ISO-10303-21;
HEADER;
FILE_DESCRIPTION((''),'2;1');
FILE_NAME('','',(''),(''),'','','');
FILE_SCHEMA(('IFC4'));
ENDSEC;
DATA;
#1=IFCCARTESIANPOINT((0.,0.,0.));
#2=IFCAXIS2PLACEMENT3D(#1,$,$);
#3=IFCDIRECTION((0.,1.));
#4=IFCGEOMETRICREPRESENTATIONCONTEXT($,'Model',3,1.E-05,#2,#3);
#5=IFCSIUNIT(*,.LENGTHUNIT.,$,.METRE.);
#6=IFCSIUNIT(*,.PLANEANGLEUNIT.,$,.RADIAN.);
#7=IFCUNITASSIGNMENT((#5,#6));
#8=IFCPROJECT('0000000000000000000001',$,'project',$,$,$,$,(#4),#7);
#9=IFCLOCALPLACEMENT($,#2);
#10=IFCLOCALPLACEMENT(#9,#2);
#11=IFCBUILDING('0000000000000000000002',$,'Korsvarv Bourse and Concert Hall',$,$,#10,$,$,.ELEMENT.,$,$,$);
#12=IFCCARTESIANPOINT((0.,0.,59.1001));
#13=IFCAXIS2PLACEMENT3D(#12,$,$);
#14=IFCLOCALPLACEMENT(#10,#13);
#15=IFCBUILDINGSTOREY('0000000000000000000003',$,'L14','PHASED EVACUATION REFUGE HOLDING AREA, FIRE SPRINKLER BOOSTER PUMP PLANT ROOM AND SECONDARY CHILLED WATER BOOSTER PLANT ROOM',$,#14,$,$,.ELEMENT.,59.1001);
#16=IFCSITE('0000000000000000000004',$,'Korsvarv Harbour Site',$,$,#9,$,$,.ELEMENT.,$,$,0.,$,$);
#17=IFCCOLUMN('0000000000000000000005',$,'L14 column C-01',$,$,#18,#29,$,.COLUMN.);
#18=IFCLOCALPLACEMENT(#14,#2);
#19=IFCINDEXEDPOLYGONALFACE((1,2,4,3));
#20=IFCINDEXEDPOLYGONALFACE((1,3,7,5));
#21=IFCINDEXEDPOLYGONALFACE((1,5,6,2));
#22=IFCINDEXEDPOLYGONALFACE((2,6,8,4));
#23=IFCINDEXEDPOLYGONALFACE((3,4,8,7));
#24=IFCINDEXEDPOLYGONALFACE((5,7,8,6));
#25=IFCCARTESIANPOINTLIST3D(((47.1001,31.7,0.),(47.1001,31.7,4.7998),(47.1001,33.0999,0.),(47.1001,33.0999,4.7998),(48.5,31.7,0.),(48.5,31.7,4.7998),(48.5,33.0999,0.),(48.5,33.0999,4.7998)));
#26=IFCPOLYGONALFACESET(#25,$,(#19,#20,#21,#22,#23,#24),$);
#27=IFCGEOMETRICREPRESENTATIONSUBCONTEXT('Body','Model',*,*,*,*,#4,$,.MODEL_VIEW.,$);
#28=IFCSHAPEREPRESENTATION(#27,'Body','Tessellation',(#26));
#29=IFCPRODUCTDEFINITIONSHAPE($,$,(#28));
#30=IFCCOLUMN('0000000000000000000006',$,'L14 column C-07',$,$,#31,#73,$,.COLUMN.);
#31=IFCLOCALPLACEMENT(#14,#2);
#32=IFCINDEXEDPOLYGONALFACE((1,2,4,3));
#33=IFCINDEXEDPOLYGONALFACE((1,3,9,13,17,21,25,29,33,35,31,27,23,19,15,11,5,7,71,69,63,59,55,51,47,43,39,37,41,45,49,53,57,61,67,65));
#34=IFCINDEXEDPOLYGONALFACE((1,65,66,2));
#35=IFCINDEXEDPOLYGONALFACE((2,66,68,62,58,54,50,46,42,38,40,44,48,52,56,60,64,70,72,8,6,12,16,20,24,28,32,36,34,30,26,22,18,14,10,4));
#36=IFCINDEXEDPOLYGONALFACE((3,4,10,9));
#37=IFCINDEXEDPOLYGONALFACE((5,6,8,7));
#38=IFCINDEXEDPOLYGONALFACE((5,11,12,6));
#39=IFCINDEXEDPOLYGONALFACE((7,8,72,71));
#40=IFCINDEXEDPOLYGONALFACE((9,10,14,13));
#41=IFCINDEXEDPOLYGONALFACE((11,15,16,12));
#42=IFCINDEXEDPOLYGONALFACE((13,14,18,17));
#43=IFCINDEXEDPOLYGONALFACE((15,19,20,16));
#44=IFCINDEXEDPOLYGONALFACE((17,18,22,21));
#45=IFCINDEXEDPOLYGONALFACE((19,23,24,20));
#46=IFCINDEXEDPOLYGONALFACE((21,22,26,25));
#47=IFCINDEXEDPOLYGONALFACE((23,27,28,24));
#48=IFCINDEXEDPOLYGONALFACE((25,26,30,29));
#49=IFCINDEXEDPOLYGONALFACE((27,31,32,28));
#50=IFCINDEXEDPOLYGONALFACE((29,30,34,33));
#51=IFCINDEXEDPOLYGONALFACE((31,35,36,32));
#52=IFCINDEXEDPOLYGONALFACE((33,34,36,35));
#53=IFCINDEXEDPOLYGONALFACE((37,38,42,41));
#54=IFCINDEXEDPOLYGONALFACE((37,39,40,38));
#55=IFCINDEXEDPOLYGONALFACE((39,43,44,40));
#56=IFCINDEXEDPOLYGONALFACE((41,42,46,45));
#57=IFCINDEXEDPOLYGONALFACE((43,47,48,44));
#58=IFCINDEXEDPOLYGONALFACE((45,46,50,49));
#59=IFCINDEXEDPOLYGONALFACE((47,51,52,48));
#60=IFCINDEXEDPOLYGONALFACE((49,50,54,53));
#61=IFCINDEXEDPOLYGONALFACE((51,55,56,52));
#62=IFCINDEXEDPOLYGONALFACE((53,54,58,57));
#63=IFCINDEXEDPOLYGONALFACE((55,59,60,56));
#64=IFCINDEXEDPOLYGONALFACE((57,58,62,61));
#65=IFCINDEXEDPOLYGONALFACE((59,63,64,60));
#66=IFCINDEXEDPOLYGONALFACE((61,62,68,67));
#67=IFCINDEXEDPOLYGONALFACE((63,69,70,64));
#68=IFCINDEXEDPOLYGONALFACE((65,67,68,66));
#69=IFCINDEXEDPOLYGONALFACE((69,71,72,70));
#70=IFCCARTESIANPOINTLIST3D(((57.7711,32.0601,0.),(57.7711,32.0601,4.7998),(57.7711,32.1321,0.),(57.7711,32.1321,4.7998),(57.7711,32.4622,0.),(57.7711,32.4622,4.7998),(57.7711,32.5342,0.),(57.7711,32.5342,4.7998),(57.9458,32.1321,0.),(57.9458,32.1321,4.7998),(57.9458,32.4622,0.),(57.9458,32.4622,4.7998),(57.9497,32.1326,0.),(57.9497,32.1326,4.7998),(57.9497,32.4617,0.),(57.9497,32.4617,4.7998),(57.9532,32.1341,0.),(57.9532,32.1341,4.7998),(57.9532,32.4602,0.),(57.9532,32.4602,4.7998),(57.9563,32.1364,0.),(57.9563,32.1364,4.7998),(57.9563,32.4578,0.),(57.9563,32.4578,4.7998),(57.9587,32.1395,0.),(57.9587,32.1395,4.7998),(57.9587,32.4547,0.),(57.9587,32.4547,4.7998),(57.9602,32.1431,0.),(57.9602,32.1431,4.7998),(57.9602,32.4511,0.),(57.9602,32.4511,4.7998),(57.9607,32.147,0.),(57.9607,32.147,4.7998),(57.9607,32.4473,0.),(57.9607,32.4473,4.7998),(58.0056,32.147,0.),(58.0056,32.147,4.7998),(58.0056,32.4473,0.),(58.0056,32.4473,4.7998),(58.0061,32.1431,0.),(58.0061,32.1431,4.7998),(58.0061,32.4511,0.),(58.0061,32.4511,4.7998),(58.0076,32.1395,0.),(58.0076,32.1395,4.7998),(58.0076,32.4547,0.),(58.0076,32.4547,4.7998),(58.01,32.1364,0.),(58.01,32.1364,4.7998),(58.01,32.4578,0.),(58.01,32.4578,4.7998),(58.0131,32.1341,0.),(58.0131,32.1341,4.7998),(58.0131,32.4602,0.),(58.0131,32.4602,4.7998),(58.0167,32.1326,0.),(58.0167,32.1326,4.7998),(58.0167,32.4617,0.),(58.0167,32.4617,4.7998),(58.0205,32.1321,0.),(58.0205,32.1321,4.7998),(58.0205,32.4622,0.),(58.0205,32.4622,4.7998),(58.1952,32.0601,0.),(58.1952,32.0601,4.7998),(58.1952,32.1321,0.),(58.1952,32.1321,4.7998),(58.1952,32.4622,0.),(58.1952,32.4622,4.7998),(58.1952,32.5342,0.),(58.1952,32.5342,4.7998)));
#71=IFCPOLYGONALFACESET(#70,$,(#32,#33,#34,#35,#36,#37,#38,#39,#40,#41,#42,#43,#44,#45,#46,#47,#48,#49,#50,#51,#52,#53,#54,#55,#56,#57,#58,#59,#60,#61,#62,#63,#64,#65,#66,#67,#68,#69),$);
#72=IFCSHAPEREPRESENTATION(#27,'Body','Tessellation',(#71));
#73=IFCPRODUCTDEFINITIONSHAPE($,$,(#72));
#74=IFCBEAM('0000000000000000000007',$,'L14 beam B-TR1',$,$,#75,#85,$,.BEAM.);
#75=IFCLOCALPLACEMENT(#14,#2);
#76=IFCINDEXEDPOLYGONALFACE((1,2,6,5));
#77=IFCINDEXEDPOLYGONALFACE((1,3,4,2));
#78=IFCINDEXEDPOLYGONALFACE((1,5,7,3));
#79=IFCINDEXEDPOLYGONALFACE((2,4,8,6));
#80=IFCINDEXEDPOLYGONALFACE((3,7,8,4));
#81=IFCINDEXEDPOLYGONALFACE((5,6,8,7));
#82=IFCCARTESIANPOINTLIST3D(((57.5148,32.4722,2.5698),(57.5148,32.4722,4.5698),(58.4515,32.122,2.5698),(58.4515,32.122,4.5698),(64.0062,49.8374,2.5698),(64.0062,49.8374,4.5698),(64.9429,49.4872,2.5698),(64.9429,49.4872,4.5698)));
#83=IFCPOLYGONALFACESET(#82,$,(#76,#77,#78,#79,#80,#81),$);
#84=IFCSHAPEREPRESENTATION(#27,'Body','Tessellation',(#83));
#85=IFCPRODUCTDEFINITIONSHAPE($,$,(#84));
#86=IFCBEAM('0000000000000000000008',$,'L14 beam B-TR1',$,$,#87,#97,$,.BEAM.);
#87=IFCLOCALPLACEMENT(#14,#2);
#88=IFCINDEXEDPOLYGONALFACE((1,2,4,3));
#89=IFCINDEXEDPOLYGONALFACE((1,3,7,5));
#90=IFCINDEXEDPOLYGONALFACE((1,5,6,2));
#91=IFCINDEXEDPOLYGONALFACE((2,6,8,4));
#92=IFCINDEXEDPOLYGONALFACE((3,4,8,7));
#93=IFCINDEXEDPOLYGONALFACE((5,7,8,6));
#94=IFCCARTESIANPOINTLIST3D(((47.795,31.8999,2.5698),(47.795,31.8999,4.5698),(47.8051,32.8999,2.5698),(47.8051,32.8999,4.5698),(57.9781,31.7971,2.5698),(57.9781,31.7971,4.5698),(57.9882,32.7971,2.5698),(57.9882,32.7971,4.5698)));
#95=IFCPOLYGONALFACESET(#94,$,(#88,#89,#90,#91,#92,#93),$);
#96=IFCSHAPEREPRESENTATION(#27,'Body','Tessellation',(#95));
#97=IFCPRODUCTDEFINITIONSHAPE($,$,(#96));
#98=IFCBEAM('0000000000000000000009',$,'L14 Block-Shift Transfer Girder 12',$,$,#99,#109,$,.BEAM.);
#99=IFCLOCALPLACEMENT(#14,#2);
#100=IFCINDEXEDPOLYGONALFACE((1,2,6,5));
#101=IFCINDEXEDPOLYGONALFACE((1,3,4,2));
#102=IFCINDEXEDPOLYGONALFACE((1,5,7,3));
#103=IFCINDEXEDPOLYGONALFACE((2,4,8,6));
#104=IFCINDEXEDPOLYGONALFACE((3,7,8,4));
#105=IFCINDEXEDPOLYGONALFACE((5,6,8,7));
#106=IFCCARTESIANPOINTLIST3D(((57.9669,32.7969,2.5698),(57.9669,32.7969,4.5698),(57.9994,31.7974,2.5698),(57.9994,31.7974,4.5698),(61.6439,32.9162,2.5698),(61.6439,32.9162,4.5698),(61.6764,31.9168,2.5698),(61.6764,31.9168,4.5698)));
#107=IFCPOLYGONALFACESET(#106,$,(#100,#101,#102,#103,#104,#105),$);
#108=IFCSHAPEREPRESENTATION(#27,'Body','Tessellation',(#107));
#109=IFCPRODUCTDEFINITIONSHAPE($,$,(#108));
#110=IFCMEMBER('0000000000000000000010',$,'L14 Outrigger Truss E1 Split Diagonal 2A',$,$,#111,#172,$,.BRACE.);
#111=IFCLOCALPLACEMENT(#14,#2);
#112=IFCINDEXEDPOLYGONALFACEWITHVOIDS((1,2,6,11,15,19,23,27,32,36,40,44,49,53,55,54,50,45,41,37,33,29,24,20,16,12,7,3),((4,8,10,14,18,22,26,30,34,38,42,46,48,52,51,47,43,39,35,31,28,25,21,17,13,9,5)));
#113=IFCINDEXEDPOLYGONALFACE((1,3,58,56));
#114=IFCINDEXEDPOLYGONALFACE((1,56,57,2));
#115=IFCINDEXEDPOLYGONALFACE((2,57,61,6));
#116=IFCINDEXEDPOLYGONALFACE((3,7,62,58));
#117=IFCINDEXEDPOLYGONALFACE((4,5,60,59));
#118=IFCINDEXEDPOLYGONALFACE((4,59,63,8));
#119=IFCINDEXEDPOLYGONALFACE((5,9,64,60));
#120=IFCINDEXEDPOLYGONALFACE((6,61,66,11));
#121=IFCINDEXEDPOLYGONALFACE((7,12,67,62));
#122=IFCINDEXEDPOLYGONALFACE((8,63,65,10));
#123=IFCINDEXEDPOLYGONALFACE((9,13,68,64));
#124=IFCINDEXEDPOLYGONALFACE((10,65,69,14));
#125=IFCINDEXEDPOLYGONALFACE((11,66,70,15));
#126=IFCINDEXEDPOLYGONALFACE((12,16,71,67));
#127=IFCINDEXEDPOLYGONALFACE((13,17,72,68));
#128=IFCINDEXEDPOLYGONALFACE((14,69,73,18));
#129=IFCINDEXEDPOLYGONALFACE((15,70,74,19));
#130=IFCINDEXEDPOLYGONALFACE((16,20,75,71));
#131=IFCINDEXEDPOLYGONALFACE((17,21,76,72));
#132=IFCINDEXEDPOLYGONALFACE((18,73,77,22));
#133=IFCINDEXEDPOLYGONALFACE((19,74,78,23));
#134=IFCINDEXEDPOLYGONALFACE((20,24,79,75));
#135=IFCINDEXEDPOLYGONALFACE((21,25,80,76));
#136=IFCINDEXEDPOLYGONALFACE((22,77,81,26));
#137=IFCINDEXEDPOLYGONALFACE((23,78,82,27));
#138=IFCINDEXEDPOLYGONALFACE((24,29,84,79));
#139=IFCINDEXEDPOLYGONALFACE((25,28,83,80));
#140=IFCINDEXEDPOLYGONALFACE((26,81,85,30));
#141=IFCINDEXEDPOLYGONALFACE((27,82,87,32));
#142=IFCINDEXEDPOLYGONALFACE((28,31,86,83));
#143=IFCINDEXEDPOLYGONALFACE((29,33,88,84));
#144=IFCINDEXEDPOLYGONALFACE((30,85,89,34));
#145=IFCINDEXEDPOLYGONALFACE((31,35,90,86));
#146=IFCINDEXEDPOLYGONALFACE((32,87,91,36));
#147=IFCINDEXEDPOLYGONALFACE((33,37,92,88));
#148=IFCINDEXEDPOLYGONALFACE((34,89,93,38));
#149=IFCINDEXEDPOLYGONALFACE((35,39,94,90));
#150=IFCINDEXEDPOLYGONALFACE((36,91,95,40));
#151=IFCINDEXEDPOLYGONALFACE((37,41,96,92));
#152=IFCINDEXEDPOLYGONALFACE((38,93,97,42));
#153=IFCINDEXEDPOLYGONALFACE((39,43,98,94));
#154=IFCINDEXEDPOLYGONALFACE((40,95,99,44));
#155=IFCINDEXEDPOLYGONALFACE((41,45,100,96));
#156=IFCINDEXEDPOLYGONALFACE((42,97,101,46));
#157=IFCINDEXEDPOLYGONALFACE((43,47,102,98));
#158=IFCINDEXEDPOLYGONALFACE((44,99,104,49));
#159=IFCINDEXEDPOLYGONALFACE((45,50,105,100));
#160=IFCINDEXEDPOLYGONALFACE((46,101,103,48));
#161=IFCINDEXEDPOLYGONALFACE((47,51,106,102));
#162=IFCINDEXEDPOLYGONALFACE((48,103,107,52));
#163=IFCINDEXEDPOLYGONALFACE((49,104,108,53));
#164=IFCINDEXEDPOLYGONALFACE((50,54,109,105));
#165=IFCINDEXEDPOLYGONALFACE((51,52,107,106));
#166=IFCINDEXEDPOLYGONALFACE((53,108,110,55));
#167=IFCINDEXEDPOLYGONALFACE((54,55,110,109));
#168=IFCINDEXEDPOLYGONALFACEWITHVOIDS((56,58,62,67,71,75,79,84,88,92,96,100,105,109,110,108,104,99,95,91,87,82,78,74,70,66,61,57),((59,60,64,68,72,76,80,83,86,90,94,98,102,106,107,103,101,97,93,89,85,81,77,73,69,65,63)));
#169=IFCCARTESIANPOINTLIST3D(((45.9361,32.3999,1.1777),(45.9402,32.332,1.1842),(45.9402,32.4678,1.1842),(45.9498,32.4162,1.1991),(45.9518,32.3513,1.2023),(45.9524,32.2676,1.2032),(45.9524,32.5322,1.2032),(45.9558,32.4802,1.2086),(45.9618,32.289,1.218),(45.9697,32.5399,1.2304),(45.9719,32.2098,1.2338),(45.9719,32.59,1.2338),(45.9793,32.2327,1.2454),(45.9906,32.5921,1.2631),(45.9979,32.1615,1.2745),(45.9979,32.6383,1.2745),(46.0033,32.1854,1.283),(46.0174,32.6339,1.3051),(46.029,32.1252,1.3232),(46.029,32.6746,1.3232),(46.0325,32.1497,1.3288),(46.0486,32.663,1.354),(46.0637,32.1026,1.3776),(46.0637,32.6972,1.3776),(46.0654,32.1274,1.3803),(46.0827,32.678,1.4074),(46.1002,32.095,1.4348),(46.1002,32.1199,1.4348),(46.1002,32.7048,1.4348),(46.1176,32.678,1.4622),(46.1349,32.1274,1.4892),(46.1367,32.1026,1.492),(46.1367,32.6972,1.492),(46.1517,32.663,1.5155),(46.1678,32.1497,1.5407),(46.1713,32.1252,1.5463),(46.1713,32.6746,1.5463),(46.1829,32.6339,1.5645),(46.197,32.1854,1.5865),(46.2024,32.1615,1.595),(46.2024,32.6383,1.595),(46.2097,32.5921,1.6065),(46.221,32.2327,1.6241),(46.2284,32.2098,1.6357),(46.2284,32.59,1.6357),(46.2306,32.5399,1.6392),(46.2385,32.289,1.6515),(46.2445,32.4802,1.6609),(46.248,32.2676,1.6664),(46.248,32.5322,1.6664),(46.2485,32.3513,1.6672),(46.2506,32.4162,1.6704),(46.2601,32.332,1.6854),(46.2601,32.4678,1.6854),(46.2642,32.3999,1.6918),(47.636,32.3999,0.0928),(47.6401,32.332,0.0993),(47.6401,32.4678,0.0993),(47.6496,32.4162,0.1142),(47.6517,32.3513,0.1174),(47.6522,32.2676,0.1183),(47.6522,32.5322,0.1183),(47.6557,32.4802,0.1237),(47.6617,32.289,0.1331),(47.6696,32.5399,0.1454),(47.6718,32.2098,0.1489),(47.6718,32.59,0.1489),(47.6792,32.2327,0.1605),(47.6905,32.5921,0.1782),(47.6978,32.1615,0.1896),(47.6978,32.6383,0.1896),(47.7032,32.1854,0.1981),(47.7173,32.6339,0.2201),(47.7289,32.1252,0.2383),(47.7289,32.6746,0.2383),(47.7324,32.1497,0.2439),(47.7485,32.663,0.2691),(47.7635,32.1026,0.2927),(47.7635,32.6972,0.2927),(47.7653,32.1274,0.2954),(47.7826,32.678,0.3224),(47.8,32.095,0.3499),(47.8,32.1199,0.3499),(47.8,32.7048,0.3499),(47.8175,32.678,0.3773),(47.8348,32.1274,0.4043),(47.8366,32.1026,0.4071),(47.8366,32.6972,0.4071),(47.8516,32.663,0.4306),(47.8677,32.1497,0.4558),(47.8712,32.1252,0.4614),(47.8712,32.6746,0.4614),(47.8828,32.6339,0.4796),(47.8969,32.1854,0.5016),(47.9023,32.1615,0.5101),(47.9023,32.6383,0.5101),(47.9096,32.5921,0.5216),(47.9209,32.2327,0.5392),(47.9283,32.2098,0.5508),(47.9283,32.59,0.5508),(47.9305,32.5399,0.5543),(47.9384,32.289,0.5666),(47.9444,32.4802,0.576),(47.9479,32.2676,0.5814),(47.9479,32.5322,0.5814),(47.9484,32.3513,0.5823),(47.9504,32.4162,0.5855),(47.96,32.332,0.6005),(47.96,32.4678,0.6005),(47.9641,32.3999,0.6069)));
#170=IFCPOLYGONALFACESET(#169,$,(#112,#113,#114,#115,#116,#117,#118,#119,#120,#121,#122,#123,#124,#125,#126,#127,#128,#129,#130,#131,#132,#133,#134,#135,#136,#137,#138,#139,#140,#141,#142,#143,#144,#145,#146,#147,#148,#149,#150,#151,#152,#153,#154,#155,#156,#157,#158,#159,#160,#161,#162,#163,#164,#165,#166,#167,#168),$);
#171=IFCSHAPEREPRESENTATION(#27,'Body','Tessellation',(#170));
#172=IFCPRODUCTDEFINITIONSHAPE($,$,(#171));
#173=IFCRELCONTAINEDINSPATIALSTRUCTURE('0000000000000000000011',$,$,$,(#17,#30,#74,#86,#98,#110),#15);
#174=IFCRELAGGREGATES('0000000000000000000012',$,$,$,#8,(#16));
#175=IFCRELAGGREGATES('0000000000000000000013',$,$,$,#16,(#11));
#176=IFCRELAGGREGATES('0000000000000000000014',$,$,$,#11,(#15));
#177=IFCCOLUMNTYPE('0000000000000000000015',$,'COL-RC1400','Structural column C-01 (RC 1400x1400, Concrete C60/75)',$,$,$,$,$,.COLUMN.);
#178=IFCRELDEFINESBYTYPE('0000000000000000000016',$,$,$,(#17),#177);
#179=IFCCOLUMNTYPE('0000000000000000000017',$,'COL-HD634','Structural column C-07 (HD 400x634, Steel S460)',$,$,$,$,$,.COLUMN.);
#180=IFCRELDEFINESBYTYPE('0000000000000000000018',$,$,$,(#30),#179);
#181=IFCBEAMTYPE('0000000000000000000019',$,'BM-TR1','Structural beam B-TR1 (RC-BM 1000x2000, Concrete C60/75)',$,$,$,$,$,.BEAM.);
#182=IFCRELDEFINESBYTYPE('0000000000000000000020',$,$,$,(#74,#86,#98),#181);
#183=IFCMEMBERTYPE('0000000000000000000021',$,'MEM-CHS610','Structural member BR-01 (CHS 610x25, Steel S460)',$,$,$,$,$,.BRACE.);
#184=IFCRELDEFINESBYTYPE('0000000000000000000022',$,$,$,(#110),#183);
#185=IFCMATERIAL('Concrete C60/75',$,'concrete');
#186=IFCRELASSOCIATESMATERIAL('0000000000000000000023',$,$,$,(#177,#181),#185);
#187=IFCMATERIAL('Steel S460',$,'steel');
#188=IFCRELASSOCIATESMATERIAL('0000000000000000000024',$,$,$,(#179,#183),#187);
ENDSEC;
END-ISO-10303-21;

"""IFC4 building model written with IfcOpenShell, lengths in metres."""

from ifc_helpers import new_model, si_unit, direction, frame, origin, origin_2d, place, context, subcontext, project, spatial, rectangle, hollow_circle, i_section, extrude, source, transform, mapped, material, material_profile, profile_set, type_object, element, save


model = new_model("IFC4")

# Units and contexts
model_context = context("Model", 3, precision=1e-05, world=origin(), true_north=direction((0.0, 1.0)))
body_context = subcontext(model_context, "Body", "Model", "MODEL_VIEW")
ifc_project = project(units=[si_unit("LENGTHUNIT", "METRE"), si_unit("PLANEANGLEUNIT", "RADIAN")], contexts=[model_context])

# Site, building, storey
site_placement = place(None, origin())
site = spatial("IfcSite", under=ifc_project, at=site_placement, Name="Korsvarv Harbour Site", CompositionType="ELEMENT", RefElevation=0.0)
building_placement = place(site_placement, origin())
building = spatial("IfcBuilding", under=site, at=building_placement, Name="Korsvarv Bourse and Concert Hall", CompositionType="ELEMENT")
storey_placement = place(building_placement, frame((0.0, 0.0, 59.1001)))
storey = spatial("IfcBuildingStorey", under=building, at=storey_placement, Name="L14", Description="PHASED EVACUATION REFUGE HOLDING AREA, FIRE SPRINKLER BOOSTER PUMP PLANT ROOM AND SECONDARY CHILLED WATER BOOSTER PLANT ROOM", CompositionType="ELEMENT", Elevation=59.1001)

# Columns
ifc_material_1 = material(Name="Concrete C60/75", Category="concrete")
ifc_material_profile_1 = material_profile(ifc_material_1, rectangle(XDim=1.3999, YDim=1.3999, at=origin_2d()), Name="RC 1400x1400")
ifc_profile_set_1 = profile_set([ifc_material_profile_1], Name="Concrete C60/75")
column_type_1 = type_object("IfcColumnType", Name="COL-RC1400", Description="Structural column C-01 (RC 1400x1400, Concrete C60/75)", PredefinedType="COLUMN", material=ifc_profile_set_1)
shared_shape_1 = source(origin(), body_context, "Body", "SweptSolid", [
    extrude(rectangle(XDim=1.3999, YDim=1.3999, at=origin_2d()), origin(), (0.0, 0.0, 1.0), 4.7998),
])
column_1_placement = place(storey_placement, frame((47.8, 32.3999, 0.0), z_axis=(0.0, 0.0, 1.0), x_axis=(1.0, 0.0, 0.0)))
element("IfcColumn", 1, at=column_1_placement, inside=storey, type_object=column_type_1, Name="L14 column C-01", PredefinedType="COLUMN", context=body_context, shape_type="MappedRepresentation", body=[
    mapped(shared_shape_1, transform((0.0, 0.0, 0.0), scale=1.0)),
])
ifc_material_2 = material(Name="Steel S460", Category="steel")
ifc_material_profile_2 = material_profile(ifc_material_2, i_section(OverallWidth=0.4241, OverallDepth=0.4741, WebThickness=0.0449, FlangeThickness=0.072, FilletRadius=0.0149, at=origin_2d()), Name="HD 400x634")
ifc_profile_set_2 = profile_set([ifc_material_profile_2], Name="Steel S460")
column_type_2 = type_object("IfcColumnType", Name="COL-HD634", Description="Structural column C-07 (HD 400x634, Steel S460)", PredefinedType="COLUMN", material=ifc_profile_set_2)
shared_shape_2 = source(origin(), body_context, "Body", "SweptSolid", [
    extrude(i_section(OverallWidth=0.4241, OverallDepth=0.4741, WebThickness=0.0449, FlangeThickness=0.072, FilletRadius=0.0149, at=origin_2d()), origin(), (0.0, 0.0, 1.0), 4.7998),
])
column_2_placement = place(storey_placement, frame((57.9832, 32.2971, 0.0), z_axis=(0.0, 0.0, 1.0), x_axis=(1.0, 0.0, 0.0)))
element("IfcColumn", 2, at=column_2_placement, inside=storey, type_object=column_type_2, Name="L14 column C-07", PredefinedType="COLUMN", context=body_context, shape_type="MappedRepresentation", body=[
    mapped(shared_shape_2, transform((0.0, 0.0, 0.0), scale=1.0)),
])

# Beams
ifc_material_profile_3 = material_profile(ifc_material_1, rectangle(XDim=1.0, YDim=2.0, at=origin_2d()), Name="RC-BM 1000x2000")
ifc_profile_set_3 = profile_set([ifc_material_profile_3], Name="Concrete C60/75")
beam_type = type_object("IfcBeamType", Name="BM-TR1", Description="Structural beam B-TR1 (RC-BM 1000x2000, Concrete C60/75)", PredefinedType="BEAM", material=ifc_profile_set_3)
shared_shape_3 = source(origin(), body_context, "Body", "SweptSolid", [
    extrude(rectangle(XDim=1.0, YDim=2.0, at=origin_2d()), origin(), (0.0, 0.0, 1.0), 18.5388),
])
beam_1_placement = place(storey_placement, frame((57.9832, 32.2971, 3.5698), z_axis=(0.350153, 0.936692, 0.0), x_axis=(-0.936692, 0.350153, 0.0)))
element("IfcBeam", 3, at=beam_1_placement, inside=storey, type_object=beam_type, Name="L14 beam B-TR1", PredefinedType="BEAM", context=body_context, shape_type="MappedRepresentation", body=[
    mapped(shared_shape_3, transform((0.0, 0.0, 0.0), scale=1.0)),
])
shared_shape_4 = source(origin(), body_context, "Body", "SweptSolid", [
    extrude(rectangle(XDim=1.0, YDim=2.0, at=origin_2d()), origin(), (0.0, 0.0, 1.0), 10.1836),
])
beam_2_placement = place(storey_placement, frame((57.9832, 32.2971, 3.5698), z_axis=(-0.999949, 0.010093, 0.0), x_axis=(-0.010093, -0.999949, 0.0)))
element("IfcBeam", 4, at=beam_2_placement, inside=storey, type_object=beam_type, Name="L14 beam B-TR1", PredefinedType="BEAM", context=body_context, shape_type="MappedRepresentation", body=[
    mapped(shared_shape_4, transform((0.0, 0.0, 0.0), scale=1.0)),
])
shared_shape_5 = source(origin(), body_context, "Body", "SweptSolid", [
    extrude(rectangle(XDim=1.0, YDim=2.0, at=origin_2d()), origin(), (0.0, 0.0, 1.0), 3.679),
])
beam_3_placement = place(storey_placement, frame((57.9832, 32.2971, 3.5698), z_axis=(0.999473, 0.032451, 0.0), x_axis=(-0.032451, 0.999473, 0.0)))
element("IfcBeam", 5, at=beam_3_placement, inside=storey, type_object=beam_type, Name="L14 Block-Shift Transfer Girder 12", PredefinedType="BEAM", context=body_context, shape_type="MappedRepresentation", body=[
    mapped(shared_shape_5, transform((0.0, 0.0, 0.0), scale=1.0)),
])

# Member
ifc_material_profile_4 = material_profile(ifc_material_2, hollow_circle(Radius=0.3049, WallThickness=0.0249, at=origin_2d()), Name="CHS 610x25")
ifc_profile_set_4 = profile_set([ifc_material_profile_4], Name="Steel S460")
member_type_1 = type_object("IfcMemberType", Name="MEM-CHS610", Description="Structural member BR-01 (CHS 610x25, Steel S460)", PredefinedType="BRACE", material=ifc_profile_set_4)
shared_shape_6 = source(origin(), body_context, "Body", "SweptSolid", [
    extrude(hollow_circle(Radius=0.3049, WallThickness=0.0249, at=origin_2d()), origin(), (0.0, 0.0, 1.0), 2.0166),
])
member_1_placement = place(storey_placement, frame((47.8, 32.3999, 0.3499), z_axis=(-0.842948, 0.0, 0.537995), x_axis=(0.0, -1.0, 0.0)))
element("IfcMember", 6, at=member_1_placement, inside=storey, type_object=member_type_1, Name="L14 Outrigger Truss E1 Split Diagonal 2A", PredefinedType="BRACE", context=body_context, shape_type="MappedRepresentation", body=[
    mapped(shared_shape_6, transform((0.0, 0.0, 0.0), scale=1.0)),
])

save(model, "model.ifc")
